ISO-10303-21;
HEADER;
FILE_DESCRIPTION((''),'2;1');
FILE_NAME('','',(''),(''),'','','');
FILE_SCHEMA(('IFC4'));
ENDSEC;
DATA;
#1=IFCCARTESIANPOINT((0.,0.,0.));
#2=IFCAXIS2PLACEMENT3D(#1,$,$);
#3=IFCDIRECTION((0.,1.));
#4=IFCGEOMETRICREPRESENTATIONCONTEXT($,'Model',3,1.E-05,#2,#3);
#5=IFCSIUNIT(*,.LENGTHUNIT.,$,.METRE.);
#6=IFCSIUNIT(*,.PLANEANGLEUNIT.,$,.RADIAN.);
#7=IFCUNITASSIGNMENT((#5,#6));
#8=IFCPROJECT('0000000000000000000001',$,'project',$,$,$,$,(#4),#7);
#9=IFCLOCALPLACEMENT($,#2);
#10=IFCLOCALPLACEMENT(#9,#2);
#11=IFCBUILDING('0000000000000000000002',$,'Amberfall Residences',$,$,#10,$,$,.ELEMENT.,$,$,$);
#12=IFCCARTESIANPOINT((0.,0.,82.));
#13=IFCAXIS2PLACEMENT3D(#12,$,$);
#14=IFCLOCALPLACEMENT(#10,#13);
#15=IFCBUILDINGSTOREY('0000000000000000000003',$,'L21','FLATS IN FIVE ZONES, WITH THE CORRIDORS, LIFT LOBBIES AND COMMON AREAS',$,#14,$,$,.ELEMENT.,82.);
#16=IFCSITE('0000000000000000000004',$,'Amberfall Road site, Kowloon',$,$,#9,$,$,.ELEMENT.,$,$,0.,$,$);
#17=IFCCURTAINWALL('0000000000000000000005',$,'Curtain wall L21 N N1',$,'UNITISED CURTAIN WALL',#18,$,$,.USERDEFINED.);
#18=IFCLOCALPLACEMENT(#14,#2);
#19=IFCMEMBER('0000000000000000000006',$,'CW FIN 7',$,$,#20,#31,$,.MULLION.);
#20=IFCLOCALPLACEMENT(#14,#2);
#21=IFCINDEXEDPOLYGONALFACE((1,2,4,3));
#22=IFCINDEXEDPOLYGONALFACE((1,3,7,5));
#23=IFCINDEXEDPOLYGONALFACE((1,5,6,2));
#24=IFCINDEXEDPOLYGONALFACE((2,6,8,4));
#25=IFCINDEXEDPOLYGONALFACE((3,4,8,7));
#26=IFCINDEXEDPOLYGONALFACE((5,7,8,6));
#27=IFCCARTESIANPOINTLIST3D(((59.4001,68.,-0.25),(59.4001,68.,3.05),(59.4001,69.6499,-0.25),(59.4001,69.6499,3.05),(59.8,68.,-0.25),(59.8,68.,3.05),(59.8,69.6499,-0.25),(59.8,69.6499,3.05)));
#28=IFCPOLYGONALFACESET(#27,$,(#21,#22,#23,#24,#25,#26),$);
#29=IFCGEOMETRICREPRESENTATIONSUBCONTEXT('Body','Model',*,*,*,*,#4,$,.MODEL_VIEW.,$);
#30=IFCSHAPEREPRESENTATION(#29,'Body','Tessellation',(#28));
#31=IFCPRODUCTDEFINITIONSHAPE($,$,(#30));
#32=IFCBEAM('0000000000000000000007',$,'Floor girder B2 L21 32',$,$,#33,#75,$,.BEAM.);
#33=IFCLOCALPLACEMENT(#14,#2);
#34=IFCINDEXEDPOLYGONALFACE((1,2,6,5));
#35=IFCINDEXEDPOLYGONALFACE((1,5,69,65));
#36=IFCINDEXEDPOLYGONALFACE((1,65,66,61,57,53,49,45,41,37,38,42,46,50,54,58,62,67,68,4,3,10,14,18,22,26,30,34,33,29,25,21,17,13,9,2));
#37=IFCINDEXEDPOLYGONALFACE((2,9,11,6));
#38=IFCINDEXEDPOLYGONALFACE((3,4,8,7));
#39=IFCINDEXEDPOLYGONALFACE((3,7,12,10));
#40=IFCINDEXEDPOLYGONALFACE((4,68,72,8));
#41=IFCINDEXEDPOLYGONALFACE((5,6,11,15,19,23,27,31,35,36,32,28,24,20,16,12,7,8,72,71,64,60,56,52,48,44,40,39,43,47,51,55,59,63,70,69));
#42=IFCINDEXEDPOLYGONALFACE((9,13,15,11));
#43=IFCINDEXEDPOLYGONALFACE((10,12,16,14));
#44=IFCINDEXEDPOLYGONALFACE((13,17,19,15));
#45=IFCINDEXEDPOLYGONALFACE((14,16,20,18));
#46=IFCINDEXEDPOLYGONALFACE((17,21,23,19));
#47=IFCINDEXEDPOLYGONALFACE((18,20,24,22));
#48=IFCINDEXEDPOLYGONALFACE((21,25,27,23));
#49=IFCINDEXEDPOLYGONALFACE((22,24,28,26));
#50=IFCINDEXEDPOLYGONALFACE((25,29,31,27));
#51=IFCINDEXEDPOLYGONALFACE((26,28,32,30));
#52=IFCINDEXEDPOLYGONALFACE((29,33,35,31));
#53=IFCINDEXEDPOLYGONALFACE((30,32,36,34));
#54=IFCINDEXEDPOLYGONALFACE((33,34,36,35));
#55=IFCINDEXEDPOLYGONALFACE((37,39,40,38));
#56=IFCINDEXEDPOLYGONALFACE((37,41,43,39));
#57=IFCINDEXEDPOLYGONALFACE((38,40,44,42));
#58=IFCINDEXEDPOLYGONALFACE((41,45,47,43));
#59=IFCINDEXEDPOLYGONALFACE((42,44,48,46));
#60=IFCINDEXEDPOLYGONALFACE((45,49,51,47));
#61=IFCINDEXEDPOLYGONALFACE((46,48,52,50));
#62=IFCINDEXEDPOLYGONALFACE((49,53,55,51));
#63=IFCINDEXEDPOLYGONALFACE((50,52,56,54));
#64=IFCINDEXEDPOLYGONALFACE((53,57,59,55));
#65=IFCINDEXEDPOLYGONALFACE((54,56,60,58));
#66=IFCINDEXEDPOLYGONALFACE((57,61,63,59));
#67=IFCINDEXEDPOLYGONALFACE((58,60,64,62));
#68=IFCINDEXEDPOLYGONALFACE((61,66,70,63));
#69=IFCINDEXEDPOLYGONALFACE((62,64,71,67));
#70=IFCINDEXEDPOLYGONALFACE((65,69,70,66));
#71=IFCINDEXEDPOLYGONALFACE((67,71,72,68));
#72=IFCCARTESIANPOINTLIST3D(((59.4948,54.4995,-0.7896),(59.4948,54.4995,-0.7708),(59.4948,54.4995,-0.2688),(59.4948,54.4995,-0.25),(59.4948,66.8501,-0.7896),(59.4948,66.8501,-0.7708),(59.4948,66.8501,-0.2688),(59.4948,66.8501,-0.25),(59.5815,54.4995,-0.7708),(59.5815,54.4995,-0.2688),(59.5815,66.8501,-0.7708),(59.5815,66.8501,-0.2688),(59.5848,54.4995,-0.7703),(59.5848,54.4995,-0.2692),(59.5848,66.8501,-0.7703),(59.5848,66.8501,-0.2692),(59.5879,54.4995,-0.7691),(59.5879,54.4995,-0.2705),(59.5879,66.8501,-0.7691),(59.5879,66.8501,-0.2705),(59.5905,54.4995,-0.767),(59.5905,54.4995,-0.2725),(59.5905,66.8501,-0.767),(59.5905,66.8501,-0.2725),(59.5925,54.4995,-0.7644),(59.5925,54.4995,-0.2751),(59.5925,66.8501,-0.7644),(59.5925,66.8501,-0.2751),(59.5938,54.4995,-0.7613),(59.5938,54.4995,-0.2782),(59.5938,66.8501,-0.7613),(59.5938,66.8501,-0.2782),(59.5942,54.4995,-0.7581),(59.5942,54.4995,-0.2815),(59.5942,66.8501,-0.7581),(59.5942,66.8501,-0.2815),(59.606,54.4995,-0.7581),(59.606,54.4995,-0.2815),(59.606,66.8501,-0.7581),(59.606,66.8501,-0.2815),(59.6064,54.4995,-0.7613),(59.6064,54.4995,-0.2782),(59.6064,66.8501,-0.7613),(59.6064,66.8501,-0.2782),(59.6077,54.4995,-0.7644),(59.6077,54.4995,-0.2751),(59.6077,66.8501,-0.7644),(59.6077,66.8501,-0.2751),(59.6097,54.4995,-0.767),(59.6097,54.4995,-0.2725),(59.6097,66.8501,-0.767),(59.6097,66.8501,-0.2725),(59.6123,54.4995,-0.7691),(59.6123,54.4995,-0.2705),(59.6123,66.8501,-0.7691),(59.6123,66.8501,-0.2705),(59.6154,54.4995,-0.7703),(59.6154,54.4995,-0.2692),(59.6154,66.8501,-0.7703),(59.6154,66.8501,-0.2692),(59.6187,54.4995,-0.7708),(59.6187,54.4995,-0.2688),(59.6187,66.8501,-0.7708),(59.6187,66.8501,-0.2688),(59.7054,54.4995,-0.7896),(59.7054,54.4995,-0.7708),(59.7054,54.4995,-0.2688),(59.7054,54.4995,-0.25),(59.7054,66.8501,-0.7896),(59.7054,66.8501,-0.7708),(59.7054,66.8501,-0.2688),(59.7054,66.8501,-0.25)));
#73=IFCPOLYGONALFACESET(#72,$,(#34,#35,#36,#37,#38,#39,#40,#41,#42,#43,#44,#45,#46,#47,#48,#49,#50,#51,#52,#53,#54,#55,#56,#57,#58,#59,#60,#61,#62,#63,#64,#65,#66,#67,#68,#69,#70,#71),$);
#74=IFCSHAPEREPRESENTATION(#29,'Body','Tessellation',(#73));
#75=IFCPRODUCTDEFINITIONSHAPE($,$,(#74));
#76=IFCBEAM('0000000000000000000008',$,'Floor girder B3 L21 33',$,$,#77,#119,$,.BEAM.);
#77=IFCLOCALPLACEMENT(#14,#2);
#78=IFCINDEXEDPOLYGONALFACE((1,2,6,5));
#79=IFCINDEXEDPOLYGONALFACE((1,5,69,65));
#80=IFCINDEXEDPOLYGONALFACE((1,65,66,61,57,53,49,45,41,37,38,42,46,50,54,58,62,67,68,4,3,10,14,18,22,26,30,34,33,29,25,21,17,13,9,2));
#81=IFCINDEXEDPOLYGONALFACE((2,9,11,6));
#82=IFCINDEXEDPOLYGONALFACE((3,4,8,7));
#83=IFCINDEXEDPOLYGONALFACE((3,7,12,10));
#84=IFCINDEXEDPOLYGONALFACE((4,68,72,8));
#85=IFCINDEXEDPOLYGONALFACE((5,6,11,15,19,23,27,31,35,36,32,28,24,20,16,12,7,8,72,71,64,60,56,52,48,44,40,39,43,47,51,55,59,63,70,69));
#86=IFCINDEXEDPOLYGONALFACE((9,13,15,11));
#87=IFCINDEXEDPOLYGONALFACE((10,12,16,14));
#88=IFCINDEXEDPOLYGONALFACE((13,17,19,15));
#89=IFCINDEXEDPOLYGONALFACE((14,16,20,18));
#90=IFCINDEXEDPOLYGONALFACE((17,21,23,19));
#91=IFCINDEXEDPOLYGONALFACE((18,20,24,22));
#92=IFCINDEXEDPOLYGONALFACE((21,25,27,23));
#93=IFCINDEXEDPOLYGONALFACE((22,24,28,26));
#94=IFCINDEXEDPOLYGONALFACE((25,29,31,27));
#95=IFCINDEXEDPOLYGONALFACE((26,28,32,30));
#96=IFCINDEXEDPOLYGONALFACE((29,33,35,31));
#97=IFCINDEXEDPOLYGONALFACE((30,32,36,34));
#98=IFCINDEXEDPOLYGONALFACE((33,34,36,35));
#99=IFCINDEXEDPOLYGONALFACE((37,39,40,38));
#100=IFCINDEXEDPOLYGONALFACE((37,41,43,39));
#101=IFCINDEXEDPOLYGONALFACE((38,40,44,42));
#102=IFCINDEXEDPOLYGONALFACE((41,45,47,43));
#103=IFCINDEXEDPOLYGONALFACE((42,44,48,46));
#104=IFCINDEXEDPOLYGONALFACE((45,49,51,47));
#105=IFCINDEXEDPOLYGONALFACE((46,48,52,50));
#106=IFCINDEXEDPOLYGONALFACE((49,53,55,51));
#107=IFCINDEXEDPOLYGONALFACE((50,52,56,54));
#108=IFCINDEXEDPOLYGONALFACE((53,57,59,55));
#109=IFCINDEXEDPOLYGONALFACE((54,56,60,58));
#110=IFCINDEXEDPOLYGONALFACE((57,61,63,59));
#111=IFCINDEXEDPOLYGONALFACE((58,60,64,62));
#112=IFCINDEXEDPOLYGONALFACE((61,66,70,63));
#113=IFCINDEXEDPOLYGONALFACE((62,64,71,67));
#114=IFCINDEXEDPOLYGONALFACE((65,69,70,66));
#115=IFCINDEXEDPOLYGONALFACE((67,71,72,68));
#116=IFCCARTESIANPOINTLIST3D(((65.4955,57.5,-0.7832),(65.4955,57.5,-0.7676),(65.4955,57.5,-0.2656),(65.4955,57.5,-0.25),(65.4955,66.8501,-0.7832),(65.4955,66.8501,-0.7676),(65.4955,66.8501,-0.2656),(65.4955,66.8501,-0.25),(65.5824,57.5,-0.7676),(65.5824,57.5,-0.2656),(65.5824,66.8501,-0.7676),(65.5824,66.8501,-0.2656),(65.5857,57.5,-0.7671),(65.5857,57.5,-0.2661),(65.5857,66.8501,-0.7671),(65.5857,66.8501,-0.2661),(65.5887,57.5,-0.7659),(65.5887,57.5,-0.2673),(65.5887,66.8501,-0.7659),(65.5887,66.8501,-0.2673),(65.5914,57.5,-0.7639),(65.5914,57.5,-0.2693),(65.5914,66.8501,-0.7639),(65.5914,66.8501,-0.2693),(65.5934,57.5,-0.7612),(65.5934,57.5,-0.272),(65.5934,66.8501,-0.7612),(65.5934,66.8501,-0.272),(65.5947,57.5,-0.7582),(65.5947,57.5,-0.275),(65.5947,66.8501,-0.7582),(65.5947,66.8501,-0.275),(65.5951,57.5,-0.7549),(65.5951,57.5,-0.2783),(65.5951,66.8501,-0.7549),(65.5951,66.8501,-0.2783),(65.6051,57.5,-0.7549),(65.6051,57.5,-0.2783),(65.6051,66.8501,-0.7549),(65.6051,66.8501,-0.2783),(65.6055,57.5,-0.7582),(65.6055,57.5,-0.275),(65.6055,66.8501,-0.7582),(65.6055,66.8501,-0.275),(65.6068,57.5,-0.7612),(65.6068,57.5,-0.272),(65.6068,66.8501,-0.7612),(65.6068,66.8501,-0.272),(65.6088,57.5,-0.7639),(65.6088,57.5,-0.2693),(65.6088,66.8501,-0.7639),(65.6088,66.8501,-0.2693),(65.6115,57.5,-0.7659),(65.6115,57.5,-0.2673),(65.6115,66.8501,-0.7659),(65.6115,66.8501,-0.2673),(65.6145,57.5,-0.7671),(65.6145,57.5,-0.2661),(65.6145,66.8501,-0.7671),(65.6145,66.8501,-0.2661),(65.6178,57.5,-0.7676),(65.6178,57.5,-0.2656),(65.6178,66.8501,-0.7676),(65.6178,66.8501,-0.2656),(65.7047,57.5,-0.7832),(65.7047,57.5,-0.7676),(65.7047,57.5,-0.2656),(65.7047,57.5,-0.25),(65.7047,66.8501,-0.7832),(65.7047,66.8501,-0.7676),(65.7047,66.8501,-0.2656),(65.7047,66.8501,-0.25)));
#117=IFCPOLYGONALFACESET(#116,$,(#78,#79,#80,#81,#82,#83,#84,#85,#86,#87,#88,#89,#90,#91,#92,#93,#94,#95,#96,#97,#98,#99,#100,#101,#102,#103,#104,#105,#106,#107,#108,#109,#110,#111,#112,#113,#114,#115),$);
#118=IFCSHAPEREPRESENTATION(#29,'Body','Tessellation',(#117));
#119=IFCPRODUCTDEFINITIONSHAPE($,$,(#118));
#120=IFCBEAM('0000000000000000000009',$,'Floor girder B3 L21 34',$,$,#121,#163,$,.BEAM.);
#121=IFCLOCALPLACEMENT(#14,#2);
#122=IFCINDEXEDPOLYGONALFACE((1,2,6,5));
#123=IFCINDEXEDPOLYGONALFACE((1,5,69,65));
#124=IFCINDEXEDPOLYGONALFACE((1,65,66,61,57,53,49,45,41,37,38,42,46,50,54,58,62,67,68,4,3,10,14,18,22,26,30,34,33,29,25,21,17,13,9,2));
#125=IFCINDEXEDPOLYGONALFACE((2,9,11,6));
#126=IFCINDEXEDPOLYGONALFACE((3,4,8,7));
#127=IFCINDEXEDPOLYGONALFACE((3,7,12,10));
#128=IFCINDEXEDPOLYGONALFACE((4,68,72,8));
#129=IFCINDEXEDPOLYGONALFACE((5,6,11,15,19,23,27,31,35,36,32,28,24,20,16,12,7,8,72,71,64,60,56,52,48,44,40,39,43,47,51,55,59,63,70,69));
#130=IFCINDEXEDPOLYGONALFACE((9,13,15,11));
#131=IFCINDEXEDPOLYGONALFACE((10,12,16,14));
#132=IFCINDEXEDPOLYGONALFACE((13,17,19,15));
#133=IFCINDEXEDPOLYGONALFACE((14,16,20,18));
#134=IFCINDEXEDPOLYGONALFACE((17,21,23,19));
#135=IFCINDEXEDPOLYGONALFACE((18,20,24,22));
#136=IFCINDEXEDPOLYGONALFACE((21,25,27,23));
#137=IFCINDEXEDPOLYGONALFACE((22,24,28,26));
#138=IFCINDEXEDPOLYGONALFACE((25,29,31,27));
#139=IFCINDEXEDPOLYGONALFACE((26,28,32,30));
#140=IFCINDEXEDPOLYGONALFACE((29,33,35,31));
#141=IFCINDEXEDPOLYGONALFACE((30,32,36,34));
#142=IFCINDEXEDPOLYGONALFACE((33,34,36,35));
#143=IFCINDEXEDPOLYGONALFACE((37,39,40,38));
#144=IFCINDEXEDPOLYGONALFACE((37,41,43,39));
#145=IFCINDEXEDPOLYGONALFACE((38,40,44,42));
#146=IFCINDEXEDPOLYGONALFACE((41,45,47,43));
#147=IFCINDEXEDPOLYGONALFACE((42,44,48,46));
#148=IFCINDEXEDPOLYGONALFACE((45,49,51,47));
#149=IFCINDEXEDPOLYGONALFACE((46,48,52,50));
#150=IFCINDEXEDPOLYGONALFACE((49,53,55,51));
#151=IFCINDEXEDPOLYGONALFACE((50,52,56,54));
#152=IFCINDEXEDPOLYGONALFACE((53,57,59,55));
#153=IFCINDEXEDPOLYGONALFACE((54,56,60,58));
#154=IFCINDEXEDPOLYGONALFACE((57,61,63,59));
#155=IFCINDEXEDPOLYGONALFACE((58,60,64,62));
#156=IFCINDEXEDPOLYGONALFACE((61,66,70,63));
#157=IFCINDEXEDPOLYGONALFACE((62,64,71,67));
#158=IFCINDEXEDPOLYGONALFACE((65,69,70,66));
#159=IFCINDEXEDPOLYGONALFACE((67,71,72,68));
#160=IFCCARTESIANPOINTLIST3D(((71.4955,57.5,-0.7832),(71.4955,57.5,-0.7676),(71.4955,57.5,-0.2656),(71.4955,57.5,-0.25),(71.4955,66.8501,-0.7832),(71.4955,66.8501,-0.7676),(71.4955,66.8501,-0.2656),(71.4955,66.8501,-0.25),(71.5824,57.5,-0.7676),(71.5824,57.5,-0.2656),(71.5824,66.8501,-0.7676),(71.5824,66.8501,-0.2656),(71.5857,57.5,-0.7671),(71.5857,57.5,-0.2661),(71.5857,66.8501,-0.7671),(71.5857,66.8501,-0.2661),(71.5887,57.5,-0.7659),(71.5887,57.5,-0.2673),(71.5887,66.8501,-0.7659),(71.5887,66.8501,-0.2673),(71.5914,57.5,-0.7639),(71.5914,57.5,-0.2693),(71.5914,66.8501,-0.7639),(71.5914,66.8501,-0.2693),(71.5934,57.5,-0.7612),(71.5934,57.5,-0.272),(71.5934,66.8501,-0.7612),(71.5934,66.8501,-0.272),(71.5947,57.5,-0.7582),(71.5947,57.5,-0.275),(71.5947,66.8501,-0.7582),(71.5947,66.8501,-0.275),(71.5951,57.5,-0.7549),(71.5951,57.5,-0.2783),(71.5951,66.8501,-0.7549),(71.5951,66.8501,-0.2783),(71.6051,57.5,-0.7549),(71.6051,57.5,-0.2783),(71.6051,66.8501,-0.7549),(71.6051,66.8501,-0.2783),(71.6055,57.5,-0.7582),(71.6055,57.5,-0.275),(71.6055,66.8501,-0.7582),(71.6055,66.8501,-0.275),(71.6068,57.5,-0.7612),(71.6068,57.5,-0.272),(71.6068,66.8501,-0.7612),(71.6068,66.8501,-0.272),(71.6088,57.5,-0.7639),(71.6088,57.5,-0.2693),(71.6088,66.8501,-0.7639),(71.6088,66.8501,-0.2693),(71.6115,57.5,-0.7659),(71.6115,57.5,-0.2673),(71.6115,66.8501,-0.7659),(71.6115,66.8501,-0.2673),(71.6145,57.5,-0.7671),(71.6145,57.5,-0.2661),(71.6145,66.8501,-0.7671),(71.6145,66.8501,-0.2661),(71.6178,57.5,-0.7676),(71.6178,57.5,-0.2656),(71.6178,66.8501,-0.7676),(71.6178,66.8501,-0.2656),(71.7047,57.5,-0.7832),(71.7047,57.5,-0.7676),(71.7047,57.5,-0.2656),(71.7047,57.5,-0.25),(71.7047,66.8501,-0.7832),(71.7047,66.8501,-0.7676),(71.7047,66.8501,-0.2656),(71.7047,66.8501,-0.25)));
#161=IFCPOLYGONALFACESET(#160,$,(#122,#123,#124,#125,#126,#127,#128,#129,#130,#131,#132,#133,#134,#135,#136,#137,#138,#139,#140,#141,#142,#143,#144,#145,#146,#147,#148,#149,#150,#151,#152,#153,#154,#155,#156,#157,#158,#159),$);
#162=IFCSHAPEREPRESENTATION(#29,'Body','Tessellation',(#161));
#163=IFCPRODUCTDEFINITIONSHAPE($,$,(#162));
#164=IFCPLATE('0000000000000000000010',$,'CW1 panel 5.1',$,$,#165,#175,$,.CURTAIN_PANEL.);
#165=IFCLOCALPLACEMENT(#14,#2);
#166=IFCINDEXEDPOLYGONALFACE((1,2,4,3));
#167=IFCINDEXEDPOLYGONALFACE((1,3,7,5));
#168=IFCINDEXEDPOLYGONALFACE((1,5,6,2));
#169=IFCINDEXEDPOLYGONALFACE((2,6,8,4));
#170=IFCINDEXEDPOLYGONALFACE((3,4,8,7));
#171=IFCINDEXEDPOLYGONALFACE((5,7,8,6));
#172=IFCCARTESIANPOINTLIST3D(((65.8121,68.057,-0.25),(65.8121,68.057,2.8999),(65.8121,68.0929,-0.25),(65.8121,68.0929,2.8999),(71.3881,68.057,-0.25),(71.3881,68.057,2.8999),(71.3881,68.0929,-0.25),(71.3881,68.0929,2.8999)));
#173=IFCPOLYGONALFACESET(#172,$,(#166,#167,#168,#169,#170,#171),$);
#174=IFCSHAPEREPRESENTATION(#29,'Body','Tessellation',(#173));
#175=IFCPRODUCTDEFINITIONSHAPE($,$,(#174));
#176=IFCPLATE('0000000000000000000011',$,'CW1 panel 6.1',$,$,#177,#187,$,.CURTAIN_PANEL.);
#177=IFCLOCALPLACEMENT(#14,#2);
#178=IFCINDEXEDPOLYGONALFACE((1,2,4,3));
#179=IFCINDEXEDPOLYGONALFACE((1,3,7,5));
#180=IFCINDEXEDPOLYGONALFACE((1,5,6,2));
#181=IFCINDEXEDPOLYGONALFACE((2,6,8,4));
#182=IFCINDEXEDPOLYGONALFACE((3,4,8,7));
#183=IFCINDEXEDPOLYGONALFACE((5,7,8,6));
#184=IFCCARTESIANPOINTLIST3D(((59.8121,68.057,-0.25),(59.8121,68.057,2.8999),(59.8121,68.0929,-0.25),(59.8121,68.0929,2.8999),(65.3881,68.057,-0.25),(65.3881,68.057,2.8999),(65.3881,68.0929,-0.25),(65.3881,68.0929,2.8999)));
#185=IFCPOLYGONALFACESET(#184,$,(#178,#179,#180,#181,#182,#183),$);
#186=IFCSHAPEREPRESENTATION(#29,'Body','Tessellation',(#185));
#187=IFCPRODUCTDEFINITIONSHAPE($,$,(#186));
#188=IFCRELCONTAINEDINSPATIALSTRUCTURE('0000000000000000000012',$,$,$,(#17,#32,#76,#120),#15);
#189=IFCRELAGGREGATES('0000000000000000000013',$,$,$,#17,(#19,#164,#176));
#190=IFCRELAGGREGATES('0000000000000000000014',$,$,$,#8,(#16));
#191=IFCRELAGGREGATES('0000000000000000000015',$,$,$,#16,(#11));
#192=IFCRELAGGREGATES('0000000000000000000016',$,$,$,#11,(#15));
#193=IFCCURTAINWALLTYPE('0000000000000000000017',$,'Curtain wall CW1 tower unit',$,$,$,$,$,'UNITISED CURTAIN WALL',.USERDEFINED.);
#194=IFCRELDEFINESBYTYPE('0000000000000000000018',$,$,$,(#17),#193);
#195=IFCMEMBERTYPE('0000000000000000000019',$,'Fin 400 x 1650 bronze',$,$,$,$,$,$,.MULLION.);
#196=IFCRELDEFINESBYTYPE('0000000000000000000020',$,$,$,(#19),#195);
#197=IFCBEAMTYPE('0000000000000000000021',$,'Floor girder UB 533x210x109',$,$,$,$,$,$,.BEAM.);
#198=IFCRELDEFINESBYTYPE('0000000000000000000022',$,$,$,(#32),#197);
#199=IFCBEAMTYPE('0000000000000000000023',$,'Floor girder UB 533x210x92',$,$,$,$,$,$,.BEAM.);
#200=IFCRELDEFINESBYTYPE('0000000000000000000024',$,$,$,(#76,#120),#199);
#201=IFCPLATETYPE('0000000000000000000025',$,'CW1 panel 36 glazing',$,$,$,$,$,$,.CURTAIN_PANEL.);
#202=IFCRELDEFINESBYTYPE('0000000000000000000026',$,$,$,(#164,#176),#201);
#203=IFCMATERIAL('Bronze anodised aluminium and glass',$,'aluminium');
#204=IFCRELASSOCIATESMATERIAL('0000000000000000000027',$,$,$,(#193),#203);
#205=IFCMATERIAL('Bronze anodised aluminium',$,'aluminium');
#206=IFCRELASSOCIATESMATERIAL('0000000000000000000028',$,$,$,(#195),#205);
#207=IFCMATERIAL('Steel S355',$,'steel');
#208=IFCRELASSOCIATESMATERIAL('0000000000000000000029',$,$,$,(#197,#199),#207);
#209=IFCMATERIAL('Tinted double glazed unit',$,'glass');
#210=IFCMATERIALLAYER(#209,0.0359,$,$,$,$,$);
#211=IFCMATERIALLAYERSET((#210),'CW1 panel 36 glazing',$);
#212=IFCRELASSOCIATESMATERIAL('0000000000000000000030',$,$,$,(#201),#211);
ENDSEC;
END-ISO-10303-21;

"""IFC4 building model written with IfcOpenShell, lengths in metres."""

from ifc_helpers import new_model, si_unit, direction, frame, origin, origin_2d, place, context, subcontext, project, spatial, rectangle, i_section, extrude, material, layer, layer_set, material_profile, profile_set, type_object, element, aggregate, save


model = new_model("IFC4")

# Units and contexts
model_context = context("Model", 3, precision=1e-05, world=origin(), true_north=direction((0.0, 1.0)))
body_context = subcontext(model_context, "Body", "Model", "MODEL_VIEW")
ifc_project = project(units=[si_unit("LENGTHUNIT", "METRE"), si_unit("PLANEANGLEUNIT", "RADIAN")], contexts=[model_context])

# Site, building, storey
site_placement = place(None, origin())
site = spatial("IfcSite", under=ifc_project, at=site_placement, Name="Amberfall Road site, Kowloon", CompositionType="ELEMENT", RefElevation=0.0)
building_placement = place(site_placement, origin())
building = spatial("IfcBuilding", under=site, at=building_placement, Name="Amberfall Residences", CompositionType="ELEMENT")
storey_placement = place(building_placement, frame((0.0, 0.0, 82.0)))
storey = spatial("IfcBuildingStorey", under=building, at=storey_placement, Name="L21", Description="FLATS IN FIVE ZONES, WITH THE CORRIDORS, LIFT LOBBIES AND COMMON AREAS", CompositionType="ELEMENT", Elevation=82.0)

# Curtain wall
ifc_material_1 = material(Name="Bronze anodised aluminium and glass", Category="aluminium")
curtain_wall_type = type_object("IfcCurtainWallType", Name="Curtain wall CW1 tower unit", ElementType="UNITISED CURTAIN WALL", PredefinedType="USERDEFINED", material=ifc_material_1)
curtain_wall_placement = place(storey_placement, origin())
curtain_wall = element("IfcCurtainWall", 1, at=curtain_wall_placement, inside=storey, type_object=curtain_wall_type, Name="Curtain wall L21 N N1", ObjectType="UNITISED CURTAIN WALL", PredefinedType="USERDEFINED")
ifc_material_2 = material(Name="Bronze anodised aluminium", Category="aluminium")

# Shared definitions
ifc_material_3 = material(Name="Steel S355", Category="steel")

# Member
ifc_material_profile_1 = material_profile(ifc_material_2, rectangle(XDim=1.6499, YDim=0.3999, at=origin_2d()), Name="Fin 400 x 1650 bronze")
ifc_profile_set_1 = profile_set([ifc_material_profile_1], Name="Bronze anodised aluminium")
member_type_1 = type_object("IfcMemberType", Name="Fin 400 x 1650 bronze", PredefinedType="MULLION", material=ifc_profile_set_1)
member_1_placement = place(storey_placement, frame((59.6001, 68.825, -0.25), z_axis=(0.0, 0.0, 1.0), x_axis=(0.0, -1.0, 0.0)))
member_1 = element("IfcMember", 2, at=member_1_placement, type_object=member_type_1, Name="CW FIN 7", PredefinedType="MULLION", context=body_context, shape_type="SweptSolid", body=[
    extrude(rectangle(XDim=1.6499, YDim=0.3999, at=origin_2d()), origin(), (0.0, 0.0, 1.0), 3.3),
])

# Beams
ifc_material_profile_2 = material_profile(ifc_material_3, i_section(OverallWidth=0.2107, OverallDepth=0.5396, WebThickness=0.0117, FlangeThickness=0.0188, FilletRadius=0.0127, at=origin_2d()), Name="UB 533x210x109")
ifc_profile_set_2 = profile_set([ifc_material_profile_2], Name="Steel S355")
beam_type_1 = type_object("IfcBeamType", Name="Floor girder UB 533x210x109", PredefinedType="BEAM", material=ifc_profile_set_2)
beam_placement = place(storey_placement, frame((59.6001, 66.8501, -0.5198), z_axis=(0.0, -1.0, 0.0), x_axis=(1.0, 0.0, 0.0)))
element("IfcBeam", 3, at=beam_placement, inside=storey, type_object=beam_type_1, Name="Floor girder B2 L21 32", PredefinedType="BEAM", context=body_context, shape_type="SweptSolid", body=[
    extrude(i_section(OverallWidth=0.2107, OverallDepth=0.5396, WebThickness=0.0117, FlangeThickness=0.0188, FilletRadius=0.0127, at=origin_2d()), origin(), (0.0, 0.0, 1.0), 12.3506),
])
ifc_material_profile_3 = material_profile(ifc_material_3, i_section(OverallWidth=0.2092, OverallDepth=0.5332, WebThickness=0.01, FlangeThickness=0.0156, FilletRadius=0.0127, at=origin_2d()), Name="UB 533x210x92")
ifc_profile_set_3 = profile_set([ifc_material_profile_3], Name="Steel S355")
beam_type_2 = type_object("IfcBeamType", Name="Floor girder UB 533x210x92", PredefinedType="BEAM", material=ifc_profile_set_3)
for number, where, z_axis, x_axis, name in (
    (4, (65.6001, 66.8501, -0.5166), (0.0, -1.0, 0.0), (1.0, 0.0, 0.0), "Floor girder B3 L21 33"),
    (5, (71.6001, 66.8501, -0.5166), (0.0, -1.0, 0.0), (1.0, 0.0, 0.0), "Floor girder B3 L21 34"),
):
    element("IfcBeam", number, at=place(storey_placement, frame(where, z_axis=z_axis, x_axis=x_axis)), inside=storey, type_object=beam_type_2, Name=name, PredefinedType="BEAM", context=body_context, shape_type="SweptSolid", body=[
        extrude(i_section(OverallWidth=0.2092, OverallDepth=0.5332, WebThickness=0.01, FlangeThickness=0.0156, FilletRadius=0.0127, at=origin_2d()), origin(), (0.0, 0.0, 1.0), 9.3501),
    ])

# Plates
ifc_material_4 = material(Name="Tinted double glazed unit", Category="glass")
ifc_layer_1 = layer(ifc_material_4, 0.0359)
ifc_layer_set_1 = layer_set([ifc_layer_1], Name="CW1 panel 36 glazing")
plate_type = type_object("IfcPlateType", Name="CW1 panel 36 glazing", PredefinedType="CURTAIN_PANEL", material=ifc_layer_set_1)
plate_1_placement = place(storey_placement, frame((68.6001, 68.075, -0.25), z_axis=(0.0, 0.0, 1.0), x_axis=(-1.0, 0.0, 0.0)))
plate_1 = element("IfcPlate", 6, at=plate_1_placement, type_object=plate_type, Name="CW1 panel 5.1", PredefinedType="CURTAIN_PANEL", context=body_context, shape_type="SweptSolid", body=[
    extrude(rectangle(XDim=5.5759, YDim=0.0359, at=origin_2d()), origin(), (0.0, 0.0, 1.0), 3.1499),
])
plate_2_placement = place(storey_placement, frame((62.6001, 68.075, -0.25), z_axis=(0.0, 0.0, 1.0), x_axis=(-1.0, 0.0, 0.0)))
plate_2 = element("IfcPlate", 7, at=plate_2_placement, type_object=plate_type, Name="CW1 panel 6.1", PredefinedType="CURTAIN_PANEL", context=body_context, shape_type="SweptSolid", body=[
    extrude(rectangle(XDim=5.5759, YDim=0.0359, at=origin_2d()), origin(), (0.0, 0.0, 1.0), 3.1499),
])
aggregate(curtain_wall, [member_1, plate_1, plate_2])

save(model, "model.ifc")
